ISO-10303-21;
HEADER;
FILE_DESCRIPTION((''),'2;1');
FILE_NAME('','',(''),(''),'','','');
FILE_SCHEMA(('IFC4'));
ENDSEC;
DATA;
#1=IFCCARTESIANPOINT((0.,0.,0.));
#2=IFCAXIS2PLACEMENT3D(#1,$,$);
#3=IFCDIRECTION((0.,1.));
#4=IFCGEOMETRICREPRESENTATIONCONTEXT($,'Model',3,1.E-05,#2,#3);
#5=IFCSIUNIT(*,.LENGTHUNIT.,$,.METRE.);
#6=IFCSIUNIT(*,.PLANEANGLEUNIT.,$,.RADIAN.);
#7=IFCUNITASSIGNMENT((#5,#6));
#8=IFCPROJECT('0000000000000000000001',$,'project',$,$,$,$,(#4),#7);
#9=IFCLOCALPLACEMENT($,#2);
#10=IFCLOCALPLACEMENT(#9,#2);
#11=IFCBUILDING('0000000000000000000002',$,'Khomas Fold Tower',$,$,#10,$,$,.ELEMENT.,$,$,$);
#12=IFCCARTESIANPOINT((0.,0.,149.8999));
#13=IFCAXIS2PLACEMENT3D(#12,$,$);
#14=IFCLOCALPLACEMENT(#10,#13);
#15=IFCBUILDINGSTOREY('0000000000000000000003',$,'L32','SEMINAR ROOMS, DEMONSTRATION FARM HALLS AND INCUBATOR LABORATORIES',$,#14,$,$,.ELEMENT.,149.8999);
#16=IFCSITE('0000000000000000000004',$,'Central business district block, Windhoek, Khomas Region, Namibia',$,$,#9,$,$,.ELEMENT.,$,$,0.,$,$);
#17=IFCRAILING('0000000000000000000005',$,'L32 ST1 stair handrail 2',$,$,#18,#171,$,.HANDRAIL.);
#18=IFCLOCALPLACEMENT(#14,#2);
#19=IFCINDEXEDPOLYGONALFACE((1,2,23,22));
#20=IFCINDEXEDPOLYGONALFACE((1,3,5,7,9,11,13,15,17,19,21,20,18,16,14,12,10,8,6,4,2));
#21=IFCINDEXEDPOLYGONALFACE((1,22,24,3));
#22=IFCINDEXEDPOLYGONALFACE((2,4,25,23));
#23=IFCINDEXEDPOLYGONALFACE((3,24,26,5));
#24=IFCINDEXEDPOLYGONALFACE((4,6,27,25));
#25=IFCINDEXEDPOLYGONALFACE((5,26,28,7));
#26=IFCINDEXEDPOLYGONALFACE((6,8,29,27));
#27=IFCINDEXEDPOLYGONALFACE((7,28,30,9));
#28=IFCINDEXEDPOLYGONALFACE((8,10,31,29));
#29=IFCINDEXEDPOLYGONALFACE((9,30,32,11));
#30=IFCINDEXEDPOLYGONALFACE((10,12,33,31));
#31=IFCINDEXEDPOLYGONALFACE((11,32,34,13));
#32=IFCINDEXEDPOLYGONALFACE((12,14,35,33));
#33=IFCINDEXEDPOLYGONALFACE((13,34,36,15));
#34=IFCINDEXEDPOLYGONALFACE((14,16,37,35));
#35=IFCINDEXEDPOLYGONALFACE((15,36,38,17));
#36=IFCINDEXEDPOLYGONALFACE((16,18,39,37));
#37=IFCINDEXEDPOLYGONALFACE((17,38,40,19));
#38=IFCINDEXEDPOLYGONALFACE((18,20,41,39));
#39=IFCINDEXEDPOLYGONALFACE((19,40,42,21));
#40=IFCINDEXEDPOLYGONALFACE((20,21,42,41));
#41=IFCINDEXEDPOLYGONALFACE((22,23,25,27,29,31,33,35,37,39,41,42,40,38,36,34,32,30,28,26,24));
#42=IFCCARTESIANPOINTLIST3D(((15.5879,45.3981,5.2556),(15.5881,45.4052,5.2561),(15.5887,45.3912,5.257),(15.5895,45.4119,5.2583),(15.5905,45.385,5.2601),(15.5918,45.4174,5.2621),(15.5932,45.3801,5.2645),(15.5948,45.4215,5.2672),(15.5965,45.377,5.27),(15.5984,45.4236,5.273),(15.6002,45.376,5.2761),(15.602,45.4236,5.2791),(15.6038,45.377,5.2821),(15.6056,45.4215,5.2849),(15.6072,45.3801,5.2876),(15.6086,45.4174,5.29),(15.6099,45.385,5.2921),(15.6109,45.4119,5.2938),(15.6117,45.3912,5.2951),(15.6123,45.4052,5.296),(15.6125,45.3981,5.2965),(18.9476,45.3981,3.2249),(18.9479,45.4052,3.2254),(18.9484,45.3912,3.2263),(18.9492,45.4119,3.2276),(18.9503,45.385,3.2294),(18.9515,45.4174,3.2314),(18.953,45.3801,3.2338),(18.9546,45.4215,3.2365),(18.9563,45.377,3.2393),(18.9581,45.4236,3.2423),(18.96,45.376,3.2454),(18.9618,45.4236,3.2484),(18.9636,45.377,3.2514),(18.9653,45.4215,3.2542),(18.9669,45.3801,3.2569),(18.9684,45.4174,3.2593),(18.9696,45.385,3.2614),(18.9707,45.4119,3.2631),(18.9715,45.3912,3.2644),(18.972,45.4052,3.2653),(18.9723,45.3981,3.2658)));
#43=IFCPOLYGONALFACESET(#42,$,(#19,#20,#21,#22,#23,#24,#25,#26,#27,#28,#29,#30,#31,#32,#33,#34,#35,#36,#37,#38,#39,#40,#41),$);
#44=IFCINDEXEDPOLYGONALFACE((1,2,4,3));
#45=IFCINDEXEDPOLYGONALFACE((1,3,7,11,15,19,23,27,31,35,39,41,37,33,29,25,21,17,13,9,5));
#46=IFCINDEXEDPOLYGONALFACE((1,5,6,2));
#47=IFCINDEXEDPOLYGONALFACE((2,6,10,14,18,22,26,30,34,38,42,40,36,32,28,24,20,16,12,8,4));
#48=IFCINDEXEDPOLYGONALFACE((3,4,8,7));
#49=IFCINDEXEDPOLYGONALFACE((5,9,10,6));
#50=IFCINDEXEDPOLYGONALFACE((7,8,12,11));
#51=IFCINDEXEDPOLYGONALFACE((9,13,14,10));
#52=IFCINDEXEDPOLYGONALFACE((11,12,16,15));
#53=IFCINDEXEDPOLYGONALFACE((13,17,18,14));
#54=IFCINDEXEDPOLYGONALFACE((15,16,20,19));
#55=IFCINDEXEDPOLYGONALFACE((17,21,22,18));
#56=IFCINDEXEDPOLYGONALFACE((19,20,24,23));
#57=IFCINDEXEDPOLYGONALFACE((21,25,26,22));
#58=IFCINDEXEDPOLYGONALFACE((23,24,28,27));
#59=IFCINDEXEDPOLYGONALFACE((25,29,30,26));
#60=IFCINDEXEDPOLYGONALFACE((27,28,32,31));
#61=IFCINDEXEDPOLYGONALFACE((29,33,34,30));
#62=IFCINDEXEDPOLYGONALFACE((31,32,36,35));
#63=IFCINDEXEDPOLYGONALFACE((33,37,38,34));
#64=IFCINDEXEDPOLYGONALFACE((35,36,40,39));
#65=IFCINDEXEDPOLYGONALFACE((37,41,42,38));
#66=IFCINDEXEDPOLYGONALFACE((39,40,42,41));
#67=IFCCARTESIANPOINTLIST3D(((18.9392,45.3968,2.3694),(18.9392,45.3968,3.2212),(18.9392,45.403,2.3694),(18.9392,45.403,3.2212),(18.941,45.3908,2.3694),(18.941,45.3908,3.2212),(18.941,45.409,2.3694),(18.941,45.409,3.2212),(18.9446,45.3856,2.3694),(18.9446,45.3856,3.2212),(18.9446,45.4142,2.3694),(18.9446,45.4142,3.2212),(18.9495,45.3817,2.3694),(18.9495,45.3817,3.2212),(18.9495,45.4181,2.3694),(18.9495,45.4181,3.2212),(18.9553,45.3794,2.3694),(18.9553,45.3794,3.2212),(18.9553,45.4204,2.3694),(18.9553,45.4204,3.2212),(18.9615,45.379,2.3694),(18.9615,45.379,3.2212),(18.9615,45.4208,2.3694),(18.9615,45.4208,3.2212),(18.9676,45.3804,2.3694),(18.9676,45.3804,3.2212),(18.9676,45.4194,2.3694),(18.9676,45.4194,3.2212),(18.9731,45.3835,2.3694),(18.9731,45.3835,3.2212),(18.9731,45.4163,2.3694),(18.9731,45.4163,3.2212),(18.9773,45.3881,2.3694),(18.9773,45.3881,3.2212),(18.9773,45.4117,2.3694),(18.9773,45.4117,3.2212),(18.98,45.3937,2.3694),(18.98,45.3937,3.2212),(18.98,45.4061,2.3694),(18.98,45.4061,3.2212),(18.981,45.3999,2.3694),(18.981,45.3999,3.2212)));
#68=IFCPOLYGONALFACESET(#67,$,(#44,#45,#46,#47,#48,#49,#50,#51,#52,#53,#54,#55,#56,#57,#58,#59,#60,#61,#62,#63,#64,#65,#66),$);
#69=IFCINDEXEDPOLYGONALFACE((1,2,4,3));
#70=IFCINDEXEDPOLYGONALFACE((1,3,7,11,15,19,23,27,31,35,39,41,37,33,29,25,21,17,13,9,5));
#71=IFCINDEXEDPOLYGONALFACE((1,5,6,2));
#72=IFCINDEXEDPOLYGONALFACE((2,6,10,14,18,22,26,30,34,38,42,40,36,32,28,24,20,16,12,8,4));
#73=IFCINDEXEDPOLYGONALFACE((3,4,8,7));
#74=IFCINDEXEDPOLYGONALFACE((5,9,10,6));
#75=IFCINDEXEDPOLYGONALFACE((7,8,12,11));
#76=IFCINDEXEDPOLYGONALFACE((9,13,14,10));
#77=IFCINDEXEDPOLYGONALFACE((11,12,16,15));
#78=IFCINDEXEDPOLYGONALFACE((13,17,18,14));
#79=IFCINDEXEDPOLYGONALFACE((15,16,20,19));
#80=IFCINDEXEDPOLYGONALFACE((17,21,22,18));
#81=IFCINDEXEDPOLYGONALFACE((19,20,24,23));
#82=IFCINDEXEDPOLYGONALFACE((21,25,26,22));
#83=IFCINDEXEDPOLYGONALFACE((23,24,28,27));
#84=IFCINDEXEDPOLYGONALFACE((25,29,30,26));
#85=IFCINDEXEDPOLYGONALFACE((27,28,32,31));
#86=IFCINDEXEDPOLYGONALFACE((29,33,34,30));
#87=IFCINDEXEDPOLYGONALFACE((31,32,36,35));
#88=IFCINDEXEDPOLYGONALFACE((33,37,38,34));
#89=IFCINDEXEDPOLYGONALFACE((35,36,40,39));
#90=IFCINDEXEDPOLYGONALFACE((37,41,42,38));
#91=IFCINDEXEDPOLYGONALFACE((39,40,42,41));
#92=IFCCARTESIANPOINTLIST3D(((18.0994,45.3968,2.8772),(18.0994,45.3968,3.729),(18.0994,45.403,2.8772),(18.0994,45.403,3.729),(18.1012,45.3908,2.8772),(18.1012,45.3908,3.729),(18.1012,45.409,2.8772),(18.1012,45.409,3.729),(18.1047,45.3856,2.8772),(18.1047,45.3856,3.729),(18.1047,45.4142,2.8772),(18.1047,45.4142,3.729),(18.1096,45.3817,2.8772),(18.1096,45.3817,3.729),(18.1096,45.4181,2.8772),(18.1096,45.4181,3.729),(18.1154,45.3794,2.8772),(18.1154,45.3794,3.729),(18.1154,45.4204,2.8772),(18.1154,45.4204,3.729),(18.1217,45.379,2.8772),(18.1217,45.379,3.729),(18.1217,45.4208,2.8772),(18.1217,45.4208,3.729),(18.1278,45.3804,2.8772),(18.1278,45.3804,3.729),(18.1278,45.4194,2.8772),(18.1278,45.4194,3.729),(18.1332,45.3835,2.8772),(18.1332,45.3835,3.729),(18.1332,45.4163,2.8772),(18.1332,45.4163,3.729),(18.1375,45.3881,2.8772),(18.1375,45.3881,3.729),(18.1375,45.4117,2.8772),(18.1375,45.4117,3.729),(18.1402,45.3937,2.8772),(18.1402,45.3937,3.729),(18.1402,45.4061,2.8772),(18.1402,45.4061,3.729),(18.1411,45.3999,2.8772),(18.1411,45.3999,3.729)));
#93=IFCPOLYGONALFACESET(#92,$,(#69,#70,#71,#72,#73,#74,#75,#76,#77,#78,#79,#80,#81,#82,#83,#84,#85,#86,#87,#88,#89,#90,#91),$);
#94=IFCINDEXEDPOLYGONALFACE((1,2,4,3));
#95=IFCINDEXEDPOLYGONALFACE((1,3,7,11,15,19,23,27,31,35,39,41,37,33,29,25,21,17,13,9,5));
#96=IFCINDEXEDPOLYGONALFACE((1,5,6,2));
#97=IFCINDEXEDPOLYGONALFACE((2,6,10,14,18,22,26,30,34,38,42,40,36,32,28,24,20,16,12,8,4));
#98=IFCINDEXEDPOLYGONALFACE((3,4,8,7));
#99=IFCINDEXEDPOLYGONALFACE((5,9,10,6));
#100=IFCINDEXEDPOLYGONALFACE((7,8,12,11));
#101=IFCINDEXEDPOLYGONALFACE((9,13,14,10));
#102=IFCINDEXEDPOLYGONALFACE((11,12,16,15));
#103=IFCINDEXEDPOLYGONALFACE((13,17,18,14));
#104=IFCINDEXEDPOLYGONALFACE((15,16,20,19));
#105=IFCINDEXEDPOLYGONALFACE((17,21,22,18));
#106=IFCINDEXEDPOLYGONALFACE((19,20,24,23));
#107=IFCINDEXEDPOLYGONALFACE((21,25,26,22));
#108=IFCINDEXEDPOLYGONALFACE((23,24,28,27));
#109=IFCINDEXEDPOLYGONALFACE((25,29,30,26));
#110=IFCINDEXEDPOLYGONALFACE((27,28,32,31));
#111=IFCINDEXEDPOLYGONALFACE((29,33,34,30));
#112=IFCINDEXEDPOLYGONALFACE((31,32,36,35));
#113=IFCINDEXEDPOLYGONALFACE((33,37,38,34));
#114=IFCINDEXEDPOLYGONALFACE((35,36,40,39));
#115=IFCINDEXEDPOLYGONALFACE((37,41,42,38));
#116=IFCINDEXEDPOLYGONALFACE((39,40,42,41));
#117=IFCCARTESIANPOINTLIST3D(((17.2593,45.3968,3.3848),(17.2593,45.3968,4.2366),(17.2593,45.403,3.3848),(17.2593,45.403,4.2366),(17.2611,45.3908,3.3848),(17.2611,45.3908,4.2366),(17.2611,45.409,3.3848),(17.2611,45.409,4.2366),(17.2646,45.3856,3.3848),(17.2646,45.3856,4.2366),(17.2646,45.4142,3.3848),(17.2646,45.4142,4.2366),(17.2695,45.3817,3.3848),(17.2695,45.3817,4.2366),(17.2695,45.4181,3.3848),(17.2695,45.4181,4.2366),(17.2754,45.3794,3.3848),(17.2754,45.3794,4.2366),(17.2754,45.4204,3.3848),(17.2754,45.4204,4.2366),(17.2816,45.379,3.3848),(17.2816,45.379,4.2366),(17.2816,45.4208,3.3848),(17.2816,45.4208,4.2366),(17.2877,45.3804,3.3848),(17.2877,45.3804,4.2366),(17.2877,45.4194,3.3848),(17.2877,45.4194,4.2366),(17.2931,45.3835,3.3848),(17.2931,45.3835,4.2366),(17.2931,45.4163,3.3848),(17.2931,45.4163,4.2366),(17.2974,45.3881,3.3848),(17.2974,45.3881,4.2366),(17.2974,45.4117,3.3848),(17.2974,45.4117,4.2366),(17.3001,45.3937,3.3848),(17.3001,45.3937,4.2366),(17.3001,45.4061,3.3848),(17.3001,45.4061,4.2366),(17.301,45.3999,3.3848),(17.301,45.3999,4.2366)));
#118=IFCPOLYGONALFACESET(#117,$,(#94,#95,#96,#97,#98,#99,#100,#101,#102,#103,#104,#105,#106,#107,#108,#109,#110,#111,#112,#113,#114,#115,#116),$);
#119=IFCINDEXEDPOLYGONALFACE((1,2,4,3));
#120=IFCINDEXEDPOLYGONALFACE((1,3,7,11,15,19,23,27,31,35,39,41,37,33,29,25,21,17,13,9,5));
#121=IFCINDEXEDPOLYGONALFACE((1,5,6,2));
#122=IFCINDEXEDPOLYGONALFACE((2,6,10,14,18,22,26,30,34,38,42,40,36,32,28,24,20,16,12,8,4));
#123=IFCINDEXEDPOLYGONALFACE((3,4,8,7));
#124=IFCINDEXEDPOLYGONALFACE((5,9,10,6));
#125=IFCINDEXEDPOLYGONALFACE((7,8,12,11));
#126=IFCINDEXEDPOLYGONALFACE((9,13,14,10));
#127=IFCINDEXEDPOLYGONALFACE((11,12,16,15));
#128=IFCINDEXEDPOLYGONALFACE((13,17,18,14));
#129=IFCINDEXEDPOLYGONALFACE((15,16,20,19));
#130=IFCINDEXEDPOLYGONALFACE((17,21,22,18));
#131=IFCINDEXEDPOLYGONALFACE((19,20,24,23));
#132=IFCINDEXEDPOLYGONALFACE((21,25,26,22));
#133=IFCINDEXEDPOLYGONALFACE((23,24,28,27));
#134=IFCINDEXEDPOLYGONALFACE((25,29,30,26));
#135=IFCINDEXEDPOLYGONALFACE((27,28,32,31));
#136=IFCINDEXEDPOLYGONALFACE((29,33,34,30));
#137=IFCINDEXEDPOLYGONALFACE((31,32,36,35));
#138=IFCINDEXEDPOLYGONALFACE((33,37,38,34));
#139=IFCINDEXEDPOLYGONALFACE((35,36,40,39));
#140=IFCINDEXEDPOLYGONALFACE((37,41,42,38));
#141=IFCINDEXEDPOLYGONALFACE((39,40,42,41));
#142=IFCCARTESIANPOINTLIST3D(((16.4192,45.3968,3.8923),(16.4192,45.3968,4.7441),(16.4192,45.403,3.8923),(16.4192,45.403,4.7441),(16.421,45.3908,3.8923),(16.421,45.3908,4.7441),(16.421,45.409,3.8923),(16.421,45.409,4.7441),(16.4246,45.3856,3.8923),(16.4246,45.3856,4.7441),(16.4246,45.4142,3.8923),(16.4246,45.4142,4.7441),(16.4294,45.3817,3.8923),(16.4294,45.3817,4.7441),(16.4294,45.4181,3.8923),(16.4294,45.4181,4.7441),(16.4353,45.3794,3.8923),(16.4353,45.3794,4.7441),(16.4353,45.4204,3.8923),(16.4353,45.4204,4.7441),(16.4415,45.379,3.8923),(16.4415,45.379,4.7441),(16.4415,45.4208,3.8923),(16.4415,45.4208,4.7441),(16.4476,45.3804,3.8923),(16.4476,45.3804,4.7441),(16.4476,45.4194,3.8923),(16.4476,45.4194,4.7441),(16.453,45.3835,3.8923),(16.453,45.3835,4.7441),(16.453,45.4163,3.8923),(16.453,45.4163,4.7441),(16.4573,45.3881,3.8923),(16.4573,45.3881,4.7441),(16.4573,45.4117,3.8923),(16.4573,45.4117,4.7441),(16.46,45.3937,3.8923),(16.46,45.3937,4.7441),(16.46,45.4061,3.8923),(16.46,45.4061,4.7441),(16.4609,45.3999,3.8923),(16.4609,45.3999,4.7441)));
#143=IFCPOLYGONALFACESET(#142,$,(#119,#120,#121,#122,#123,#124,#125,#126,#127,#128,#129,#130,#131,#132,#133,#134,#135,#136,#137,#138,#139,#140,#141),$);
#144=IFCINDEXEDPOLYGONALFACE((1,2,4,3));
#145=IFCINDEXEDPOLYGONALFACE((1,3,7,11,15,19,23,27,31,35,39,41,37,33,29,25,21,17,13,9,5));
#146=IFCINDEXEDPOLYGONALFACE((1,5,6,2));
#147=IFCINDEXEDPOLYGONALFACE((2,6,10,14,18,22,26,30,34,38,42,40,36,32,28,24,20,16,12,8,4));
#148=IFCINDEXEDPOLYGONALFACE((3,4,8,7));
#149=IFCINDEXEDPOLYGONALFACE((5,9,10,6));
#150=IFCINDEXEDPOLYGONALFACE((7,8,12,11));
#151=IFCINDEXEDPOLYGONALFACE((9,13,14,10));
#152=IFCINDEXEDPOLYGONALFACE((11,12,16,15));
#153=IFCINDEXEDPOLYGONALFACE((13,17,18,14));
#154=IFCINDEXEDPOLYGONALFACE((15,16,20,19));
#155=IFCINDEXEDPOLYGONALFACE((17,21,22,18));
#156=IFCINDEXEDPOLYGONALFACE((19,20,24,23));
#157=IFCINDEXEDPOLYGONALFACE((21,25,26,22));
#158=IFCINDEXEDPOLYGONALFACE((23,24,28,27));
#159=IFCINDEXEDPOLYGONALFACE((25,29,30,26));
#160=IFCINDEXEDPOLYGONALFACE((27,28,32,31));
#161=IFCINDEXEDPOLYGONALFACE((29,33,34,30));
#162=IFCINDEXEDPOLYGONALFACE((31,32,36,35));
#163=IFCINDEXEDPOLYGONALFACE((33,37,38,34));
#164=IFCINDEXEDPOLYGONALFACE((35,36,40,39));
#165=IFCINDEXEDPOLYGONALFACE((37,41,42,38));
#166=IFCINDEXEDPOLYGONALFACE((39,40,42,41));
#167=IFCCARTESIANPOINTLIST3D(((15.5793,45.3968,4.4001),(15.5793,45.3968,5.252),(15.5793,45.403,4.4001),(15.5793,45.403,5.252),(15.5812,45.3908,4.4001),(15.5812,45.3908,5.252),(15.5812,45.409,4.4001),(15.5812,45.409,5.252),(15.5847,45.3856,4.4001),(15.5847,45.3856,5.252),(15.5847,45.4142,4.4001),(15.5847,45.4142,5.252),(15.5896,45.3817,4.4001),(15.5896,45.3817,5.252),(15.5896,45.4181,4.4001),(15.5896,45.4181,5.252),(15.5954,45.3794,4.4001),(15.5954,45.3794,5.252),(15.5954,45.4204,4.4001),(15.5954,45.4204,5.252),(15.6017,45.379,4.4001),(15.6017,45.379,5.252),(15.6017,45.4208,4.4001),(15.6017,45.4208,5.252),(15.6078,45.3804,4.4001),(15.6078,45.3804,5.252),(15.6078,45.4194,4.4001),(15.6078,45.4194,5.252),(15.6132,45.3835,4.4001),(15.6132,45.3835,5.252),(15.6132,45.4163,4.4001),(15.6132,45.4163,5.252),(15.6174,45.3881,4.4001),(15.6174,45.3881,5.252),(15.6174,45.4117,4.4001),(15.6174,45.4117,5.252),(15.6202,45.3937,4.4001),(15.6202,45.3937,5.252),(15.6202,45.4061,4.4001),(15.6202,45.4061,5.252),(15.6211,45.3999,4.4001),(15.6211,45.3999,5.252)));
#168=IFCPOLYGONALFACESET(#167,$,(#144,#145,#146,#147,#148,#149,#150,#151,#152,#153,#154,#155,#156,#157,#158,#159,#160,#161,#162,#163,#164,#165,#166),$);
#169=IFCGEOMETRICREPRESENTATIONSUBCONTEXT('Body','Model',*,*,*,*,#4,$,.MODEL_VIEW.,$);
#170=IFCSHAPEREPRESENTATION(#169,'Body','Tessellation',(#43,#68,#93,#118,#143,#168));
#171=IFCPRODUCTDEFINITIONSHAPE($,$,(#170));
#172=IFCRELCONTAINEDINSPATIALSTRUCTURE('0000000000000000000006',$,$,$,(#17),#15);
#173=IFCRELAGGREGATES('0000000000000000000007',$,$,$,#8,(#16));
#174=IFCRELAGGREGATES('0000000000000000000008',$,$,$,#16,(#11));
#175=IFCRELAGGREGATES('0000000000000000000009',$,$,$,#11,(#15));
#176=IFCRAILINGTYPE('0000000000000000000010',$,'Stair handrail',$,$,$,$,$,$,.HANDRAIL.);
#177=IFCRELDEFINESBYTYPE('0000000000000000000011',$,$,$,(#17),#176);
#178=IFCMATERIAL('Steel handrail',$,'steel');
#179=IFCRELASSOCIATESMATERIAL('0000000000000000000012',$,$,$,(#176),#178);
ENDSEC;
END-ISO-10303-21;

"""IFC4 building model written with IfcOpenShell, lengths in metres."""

from ifc_helpers import new_model, si_unit, direction, frame, origin, origin_2d, place, context, subcontext, project, spatial, circle, extrude, source, transform, mapped, material, type_object, element, save


model = new_model("IFC4")

# Units and contexts
model_context = context("Model", 3, precision=1e-05, world=origin(), true_north=direction((0.0, 1.0)))
body_context = subcontext(model_context, "Body", "Model", "MODEL_VIEW")
ifc_project = project(units=[si_unit("LENGTHUNIT", "METRE"), si_unit("PLANEANGLEUNIT", "RADIAN")], contexts=[model_context])

# Site, building, storey
site_placement = place(None, origin())
site = spatial("IfcSite", under=ifc_project, at=site_placement, Name="Central business district block, Windhoek, Khomas Region, Namibia", CompositionType="ELEMENT", RefElevation=0.0)
building_placement = place(site_placement, origin())
building = spatial("IfcBuilding", under=site, at=building_placement, Name="Khomas Fold Tower", CompositionType="ELEMENT")
storey_placement = place(building_placement, frame((0.0, 0.0, 149.8999)))
storey = spatial("IfcBuildingStorey", under=building, at=storey_placement, Name="L32", Description="SEMINAR ROOMS, DEMONSTRATION FARM HALLS AND INCUBATOR LABORATORIES", CompositionType="ELEMENT", Elevation=149.8999)

# Railing
ifc_material_1 = material(Name="Steel handrail", Category="steel")
railing_type_1 = type_object("IfcRailingType", Name="Stair handrail", PredefinedType="HANDRAIL", material=ifc_material_1)
shared_shape_1 = source(origin(), body_context, "Body", "SweptSolid", [
    extrude(circle(Radius=0.0239, at=origin_2d()), frame((0.0, 0.0, 0.876), z_axis=(-0.85582, 0.0, 0.517273), x_axis=(0.0, -1.0, 0.0)), (0.0, 0.0, 1.0), 3.9258),
    extrude(circle(Radius=0.021, at=origin_2d()), origin(), (0.0, 0.0, 1.0), 0.8518),
    extrude(circle(Radius=0.021, at=origin_2d()), frame((-0.8398, 0.0, 0.5078)), (0.0, 0.0, 1.0), 0.8518),
    extrude(circle(Radius=0.021, at=origin_2d()), frame((-1.6799, 0.0, 1.0154)), (0.0, 0.0, 1.0), 0.8518),
    extrude(circle(Radius=0.021, at=origin_2d()), frame((-2.52, 0.0, 1.5229)), (0.0, 0.0, 1.0), 0.8518),
    extrude(circle(Radius=0.021, at=origin_2d()), frame((-3.3599, 0.0, 2.0308)), (0.0, 0.0, 1.0), 0.8518),
])
railing_1_placement = place(storey_placement, frame((18.96, 45.3999, 2.3694)))
element("IfcRailing", 1, at=railing_1_placement, inside=storey, type_object=railing_type_1, Name="L32 ST1 stair handrail 2", PredefinedType="HANDRAIL", context=body_context, shape_type="MappedRepresentation", body=[
    mapped(shared_shape_1, transform((0.0, 0.0, 0.0))),
])

save(model, "model.ifc")
